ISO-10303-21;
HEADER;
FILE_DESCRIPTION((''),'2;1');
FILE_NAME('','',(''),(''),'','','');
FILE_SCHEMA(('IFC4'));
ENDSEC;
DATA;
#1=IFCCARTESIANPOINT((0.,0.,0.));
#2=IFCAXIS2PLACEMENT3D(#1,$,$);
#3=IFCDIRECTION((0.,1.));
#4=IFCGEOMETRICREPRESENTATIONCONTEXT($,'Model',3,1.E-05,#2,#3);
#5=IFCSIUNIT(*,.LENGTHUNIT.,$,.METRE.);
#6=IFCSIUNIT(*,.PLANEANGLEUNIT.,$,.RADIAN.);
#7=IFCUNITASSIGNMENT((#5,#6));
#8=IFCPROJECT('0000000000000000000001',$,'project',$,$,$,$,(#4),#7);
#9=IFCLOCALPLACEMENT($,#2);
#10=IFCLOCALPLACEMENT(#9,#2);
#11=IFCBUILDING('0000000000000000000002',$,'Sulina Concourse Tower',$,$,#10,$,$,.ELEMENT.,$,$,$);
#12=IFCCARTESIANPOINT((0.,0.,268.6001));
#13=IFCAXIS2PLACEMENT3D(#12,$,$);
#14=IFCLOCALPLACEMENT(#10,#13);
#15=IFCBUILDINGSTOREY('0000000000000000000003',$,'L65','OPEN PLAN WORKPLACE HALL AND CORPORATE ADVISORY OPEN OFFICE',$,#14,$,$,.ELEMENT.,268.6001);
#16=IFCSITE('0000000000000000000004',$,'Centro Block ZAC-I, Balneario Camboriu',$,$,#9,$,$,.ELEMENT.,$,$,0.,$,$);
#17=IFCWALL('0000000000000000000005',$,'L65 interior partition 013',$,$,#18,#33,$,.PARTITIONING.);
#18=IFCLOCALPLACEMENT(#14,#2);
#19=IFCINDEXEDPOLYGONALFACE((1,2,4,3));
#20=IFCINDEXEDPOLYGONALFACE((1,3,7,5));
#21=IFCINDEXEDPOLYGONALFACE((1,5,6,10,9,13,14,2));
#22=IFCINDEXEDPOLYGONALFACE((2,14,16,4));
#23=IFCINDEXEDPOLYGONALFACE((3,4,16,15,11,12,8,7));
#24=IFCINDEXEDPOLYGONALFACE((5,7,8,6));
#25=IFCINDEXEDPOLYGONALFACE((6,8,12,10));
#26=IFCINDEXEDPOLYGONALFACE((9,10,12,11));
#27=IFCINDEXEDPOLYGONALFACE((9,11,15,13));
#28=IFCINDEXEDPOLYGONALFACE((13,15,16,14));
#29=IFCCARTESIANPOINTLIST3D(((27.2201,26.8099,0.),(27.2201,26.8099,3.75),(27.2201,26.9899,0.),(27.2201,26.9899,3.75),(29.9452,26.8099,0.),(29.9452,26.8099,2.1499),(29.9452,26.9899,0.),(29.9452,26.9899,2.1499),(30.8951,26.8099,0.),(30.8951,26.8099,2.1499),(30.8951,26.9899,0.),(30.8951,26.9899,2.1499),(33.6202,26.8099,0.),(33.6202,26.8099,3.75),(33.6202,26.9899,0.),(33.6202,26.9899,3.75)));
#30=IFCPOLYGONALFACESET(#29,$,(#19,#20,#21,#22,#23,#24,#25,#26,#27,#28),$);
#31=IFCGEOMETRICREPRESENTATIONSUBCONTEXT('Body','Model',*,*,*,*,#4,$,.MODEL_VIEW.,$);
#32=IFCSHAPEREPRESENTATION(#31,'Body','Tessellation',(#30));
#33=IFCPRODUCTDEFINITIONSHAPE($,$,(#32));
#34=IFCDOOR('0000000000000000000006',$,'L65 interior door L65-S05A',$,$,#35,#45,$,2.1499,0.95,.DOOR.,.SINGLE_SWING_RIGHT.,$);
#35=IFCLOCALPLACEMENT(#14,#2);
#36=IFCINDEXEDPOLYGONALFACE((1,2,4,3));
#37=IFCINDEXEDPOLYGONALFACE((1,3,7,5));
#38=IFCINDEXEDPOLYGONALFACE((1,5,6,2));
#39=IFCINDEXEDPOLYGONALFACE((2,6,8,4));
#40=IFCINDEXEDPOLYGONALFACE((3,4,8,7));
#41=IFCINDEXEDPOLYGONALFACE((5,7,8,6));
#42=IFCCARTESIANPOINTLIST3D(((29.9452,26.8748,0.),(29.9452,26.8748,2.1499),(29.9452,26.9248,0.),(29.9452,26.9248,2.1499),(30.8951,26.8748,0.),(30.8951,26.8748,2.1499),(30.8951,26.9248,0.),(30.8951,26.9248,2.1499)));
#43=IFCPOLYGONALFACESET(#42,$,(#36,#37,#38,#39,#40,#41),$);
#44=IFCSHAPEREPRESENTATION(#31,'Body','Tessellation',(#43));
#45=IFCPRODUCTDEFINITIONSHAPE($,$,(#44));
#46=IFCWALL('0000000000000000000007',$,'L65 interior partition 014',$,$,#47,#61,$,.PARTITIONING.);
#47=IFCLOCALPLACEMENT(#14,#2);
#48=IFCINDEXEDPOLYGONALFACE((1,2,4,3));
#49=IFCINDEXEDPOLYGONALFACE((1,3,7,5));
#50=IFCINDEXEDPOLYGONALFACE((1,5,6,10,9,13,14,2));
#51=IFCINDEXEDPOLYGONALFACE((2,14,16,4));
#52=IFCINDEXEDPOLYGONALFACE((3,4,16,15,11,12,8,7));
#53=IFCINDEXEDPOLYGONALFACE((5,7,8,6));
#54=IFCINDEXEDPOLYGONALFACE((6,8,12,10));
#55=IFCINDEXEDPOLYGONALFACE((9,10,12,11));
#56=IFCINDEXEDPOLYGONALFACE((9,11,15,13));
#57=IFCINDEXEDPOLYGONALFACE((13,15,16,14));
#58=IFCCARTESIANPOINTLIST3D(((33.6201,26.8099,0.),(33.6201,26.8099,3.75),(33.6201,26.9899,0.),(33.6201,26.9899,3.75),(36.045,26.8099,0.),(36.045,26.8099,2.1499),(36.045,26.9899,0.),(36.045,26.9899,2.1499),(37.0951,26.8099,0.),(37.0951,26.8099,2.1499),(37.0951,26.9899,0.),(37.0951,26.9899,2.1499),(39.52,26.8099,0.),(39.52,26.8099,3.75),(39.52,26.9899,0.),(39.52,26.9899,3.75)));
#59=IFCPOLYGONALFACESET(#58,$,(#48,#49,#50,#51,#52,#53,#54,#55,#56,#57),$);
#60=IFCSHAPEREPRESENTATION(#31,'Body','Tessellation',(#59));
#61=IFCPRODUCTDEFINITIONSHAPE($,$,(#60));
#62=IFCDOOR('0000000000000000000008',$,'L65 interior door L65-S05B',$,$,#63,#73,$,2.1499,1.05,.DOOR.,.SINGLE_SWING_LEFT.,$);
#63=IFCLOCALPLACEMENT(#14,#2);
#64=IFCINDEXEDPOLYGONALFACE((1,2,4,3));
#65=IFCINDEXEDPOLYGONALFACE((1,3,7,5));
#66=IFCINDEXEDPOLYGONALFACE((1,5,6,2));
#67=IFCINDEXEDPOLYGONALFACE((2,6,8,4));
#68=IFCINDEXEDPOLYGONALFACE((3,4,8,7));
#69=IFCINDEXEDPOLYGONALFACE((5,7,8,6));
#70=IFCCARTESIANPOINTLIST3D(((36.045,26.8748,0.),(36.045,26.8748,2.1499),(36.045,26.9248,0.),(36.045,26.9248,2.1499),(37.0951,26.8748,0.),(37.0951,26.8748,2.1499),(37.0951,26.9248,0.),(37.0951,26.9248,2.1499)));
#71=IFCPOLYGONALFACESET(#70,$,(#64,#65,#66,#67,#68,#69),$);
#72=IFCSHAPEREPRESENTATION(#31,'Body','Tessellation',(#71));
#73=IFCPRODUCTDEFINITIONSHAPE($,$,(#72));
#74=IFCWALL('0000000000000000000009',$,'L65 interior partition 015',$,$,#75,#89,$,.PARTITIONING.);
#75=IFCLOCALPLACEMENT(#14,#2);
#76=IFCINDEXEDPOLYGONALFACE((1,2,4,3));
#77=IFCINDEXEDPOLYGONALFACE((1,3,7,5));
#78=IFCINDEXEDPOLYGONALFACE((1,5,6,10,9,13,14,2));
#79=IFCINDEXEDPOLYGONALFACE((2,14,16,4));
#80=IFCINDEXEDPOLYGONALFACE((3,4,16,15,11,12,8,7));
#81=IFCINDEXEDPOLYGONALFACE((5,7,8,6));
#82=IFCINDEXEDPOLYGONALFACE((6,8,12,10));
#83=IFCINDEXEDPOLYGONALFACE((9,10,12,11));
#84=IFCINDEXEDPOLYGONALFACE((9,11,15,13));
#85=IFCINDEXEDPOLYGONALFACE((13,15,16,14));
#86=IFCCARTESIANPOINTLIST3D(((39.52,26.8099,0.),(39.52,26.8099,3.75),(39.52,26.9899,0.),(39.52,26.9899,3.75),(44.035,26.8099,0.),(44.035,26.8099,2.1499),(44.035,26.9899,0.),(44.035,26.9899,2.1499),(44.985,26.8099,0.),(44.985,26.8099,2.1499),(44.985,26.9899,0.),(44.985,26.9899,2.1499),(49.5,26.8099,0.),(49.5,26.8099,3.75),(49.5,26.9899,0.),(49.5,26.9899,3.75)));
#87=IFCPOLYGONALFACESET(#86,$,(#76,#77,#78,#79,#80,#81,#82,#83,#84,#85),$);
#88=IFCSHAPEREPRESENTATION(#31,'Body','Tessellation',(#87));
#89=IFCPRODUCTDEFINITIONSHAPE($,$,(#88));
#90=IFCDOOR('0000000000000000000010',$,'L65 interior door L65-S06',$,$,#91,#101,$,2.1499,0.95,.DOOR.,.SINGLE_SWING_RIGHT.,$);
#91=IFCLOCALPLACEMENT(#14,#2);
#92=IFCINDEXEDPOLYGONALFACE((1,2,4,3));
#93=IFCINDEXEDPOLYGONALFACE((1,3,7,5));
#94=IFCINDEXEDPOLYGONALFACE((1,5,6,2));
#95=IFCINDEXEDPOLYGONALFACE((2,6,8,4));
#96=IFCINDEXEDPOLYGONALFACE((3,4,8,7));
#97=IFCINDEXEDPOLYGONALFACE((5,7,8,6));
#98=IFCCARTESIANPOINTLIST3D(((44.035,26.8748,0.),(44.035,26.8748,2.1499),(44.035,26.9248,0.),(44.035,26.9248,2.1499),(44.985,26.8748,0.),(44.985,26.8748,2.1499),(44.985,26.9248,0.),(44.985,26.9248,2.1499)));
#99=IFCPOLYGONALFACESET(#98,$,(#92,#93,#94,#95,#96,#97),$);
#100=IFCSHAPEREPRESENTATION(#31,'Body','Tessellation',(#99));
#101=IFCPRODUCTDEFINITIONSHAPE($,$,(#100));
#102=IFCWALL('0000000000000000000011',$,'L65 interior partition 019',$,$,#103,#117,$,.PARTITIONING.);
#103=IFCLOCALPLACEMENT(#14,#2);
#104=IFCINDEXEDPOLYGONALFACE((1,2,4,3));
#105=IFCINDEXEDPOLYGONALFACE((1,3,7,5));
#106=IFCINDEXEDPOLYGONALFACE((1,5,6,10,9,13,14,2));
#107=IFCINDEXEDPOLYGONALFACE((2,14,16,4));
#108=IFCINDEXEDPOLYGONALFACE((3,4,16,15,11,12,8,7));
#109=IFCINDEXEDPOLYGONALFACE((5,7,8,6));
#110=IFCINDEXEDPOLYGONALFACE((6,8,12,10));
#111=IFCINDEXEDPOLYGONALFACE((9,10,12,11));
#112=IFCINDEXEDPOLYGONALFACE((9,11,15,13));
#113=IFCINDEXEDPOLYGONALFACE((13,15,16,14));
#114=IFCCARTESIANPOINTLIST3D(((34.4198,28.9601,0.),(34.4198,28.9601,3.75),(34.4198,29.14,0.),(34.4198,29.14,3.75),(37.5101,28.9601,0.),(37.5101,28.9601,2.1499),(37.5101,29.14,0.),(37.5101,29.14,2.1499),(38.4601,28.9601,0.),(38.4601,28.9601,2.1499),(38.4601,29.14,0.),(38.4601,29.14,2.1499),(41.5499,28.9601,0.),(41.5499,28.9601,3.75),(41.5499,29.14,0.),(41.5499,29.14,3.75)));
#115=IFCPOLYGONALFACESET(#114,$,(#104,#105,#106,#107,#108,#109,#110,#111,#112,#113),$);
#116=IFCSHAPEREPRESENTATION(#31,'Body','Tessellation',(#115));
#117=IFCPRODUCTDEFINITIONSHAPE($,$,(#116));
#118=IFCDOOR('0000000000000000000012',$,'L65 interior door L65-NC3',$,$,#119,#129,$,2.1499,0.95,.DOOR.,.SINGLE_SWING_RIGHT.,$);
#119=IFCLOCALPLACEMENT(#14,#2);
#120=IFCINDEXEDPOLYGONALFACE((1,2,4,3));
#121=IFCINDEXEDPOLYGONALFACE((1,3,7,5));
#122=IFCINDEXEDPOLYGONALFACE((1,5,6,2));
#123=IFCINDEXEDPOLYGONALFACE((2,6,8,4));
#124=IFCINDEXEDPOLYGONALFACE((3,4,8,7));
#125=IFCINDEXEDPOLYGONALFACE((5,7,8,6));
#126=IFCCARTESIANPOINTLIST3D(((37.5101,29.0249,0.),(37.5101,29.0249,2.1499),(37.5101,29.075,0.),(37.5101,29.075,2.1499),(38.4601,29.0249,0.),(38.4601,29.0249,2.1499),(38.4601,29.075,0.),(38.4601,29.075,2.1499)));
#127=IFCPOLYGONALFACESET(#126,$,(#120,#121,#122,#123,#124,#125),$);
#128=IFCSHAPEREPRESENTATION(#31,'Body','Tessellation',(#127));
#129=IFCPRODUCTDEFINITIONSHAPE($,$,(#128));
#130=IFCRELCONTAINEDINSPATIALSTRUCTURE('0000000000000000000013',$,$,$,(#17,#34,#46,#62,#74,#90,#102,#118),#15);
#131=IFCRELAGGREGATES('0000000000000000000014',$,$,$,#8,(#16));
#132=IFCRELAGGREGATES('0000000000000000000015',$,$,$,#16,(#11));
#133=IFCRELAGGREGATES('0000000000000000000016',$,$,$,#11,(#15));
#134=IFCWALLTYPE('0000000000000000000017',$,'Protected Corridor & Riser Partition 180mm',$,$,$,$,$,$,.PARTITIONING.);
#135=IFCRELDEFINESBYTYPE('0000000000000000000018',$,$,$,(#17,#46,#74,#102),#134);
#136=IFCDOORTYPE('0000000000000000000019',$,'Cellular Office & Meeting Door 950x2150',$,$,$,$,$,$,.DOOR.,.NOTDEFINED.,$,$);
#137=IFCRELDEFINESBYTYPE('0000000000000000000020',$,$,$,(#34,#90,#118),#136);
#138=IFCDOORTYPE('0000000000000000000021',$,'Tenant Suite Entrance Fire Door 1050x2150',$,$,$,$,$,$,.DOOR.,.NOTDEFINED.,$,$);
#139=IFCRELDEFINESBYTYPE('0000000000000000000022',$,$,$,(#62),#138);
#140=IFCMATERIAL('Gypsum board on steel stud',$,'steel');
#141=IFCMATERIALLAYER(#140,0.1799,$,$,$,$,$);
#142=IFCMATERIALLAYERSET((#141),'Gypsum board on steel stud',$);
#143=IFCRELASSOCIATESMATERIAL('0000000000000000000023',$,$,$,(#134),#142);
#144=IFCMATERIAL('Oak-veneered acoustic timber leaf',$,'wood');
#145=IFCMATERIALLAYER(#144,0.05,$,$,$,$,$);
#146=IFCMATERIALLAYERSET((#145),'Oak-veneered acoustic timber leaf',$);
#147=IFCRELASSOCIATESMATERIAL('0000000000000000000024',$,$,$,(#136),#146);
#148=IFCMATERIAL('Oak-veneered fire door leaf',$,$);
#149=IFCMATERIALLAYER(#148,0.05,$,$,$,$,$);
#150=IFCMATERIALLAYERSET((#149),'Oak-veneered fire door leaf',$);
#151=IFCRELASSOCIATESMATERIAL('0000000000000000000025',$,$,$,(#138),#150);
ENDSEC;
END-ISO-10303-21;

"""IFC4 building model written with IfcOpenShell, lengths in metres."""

from ifc_helpers import new_model, si_unit, direction, frame, frame_2d, origin, place, context, subcontext, project, spatial, rectangle, extrude, material, layer, layer_set, type_object, element, fill, save


model = new_model("IFC4")

# Units and contexts
model_context = context("Model", 3, precision=1e-05, world=origin(), true_north=direction((0.0, 1.0)))
body_context = subcontext(model_context, "Body", "Model", "MODEL_VIEW")
ifc_project = project(units=[si_unit("LENGTHUNIT", "METRE"), si_unit("PLANEANGLEUNIT", "RADIAN")], contexts=[model_context])

# Site, building, storey
site_placement = place(None, origin())
site = spatial("IfcSite", under=ifc_project, at=site_placement, Name="Centro Block ZAC-I, Balneario Camboriu", CompositionType="ELEMENT", RefElevation=0.0)
building_placement = place(site_placement, origin())
building = spatial("IfcBuilding", under=site, at=building_placement, Name="Sulina Concourse Tower", CompositionType="ELEMENT")
storey_placement = place(building_placement, frame((0.0, 0.0, 268.6001)))
storey = spatial("IfcBuildingStorey", under=building, at=storey_placement, Name="L65", Description="OPEN PLAN WORKPLACE HALL AND CORPORATE ADVISORY OPEN OFFICE", CompositionType="ELEMENT", Elevation=268.6001)

# Walls, openings, doors
ifc_material_1 = material(Name="Gypsum board on steel stud", Category="steel")
ifc_layer_1 = layer(ifc_material_1, 0.1799)
ifc_layer_set_1 = layer_set([ifc_layer_1], Name="Gypsum board on steel stud")
wall_type_1 = type_object("IfcWallType", Name="Protected Corridor & Riser Partition 180mm", PredefinedType="PARTITIONING", material=ifc_layer_set_1)
wall_1_placement = place(storey_placement, frame((27.22, 26.8999, 0.0), z_axis=(0.0, 0.0, 1.0), x_axis=(1.0, 0.0, 0.0)))
wall_1 = element("IfcWall", 1, at=wall_1_placement, inside=storey, type_object=wall_type_1, Name="L65 interior partition 013", PredefinedType="PARTITIONING", context=body_context, shape_type="SweptSolid", body=[
    extrude(rectangle(XDim=6.4001, YDim=0.1799, at=frame_2d((3.2002, 0.0))), origin(), (0.0, 0.0, 1.0), 3.75),
])
opening_1_placement = place(wall_1_placement, frame((2.7251, 0.0, 0.0)))
opening_1 = element("IfcOpeningElement", 2, at=opening_1_placement, cuts=wall_1, PredefinedType="OPENING", context=body_context, shape_type="SweptSolid", body=[
    extrude(rectangle(XDim=0.95, YDim=2.1499, at=frame_2d((0.4751, 1.075))), frame((0.0, 0.0999, 0.0), z_axis=(0.0, -1.0, 0.0), x_axis=(1.0, 0.0, 0.0)), (0.0, 0.0, 1.0), 0.2),
])
ifc_material_2 = material(Name="Oak-veneered acoustic timber leaf", Category="wood")
ifc_layer_2 = layer(ifc_material_2, 0.05)
ifc_layer_set_2 = layer_set([ifc_layer_2], Name="Oak-veneered acoustic timber leaf")
door_type_1 = type_object("IfcDoorType", Name="Cellular Office & Meeting Door 950x2150", OperationType="NOTDEFINED", PredefinedType="DOOR", material=ifc_layer_set_2)
door_1_placement = place(opening_1_placement, origin())
door_1 = element("IfcDoor", 3, at=door_1_placement, inside=storey, type_object=door_type_1, Name="L65 interior door L65-S05A", OperationType="SINGLE_SWING_RIGHT", OverallHeight=2.1499, OverallWidth=0.95, PredefinedType="DOOR", context=body_context, shape_type="SweptSolid", body=[
    extrude(rectangle(XDim=0.95, YDim=2.1499, at=frame_2d((0.4751, 1.075))), frame((0.0, 0.0249, 0.0), z_axis=(0.0, -1.0, 0.0), x_axis=(1.0, 0.0, 0.0)), (0.0, 0.0, 1.0), 0.05),
])
fill(opening_1, door_1)
wall_2_placement = place(storey_placement, frame((33.6201, 26.8999, 0.0), z_axis=(0.0, 0.0, 1.0), x_axis=(1.0, 0.0, 0.0)))
wall_2 = element("IfcWall", 4, at=wall_2_placement, inside=storey, type_object=wall_type_1, Name="L65 interior partition 014", PredefinedType="PARTITIONING", context=body_context, shape_type="SweptSolid", body=[
    extrude(rectangle(XDim=5.8999, YDim=0.1799, at=frame_2d((2.95, 0.0))), origin(), (0.0, 0.0, 1.0), 3.75),
])
opening_2_placement = place(wall_2_placement, frame((2.425, 0.0, 0.0)))
opening_2 = element("IfcOpeningElement", 5, at=opening_2_placement, cuts=wall_2, PredefinedType="OPENING", context=body_context, shape_type="SweptSolid", body=[
    extrude(rectangle(XDim=1.05, YDim=2.1499, at=frame_2d((0.5249, 1.075))), frame((0.0, 0.0999, 0.0), z_axis=(0.0, -1.0, 0.0), x_axis=(1.0, 0.0, 0.0)), (0.0, 0.0, 1.0), 0.2),
])
ifc_material_3 = material(Name="Oak-veneered fire door leaf")
ifc_layer_3 = layer(ifc_material_3, 0.05)
ifc_layer_set_3 = layer_set([ifc_layer_3], Name="Oak-veneered fire door leaf")
door_type_2 = type_object("IfcDoorType", Name="Tenant Suite Entrance Fire Door 1050x2150", OperationType="NOTDEFINED", PredefinedType="DOOR", material=ifc_layer_set_3)
door_2_placement = place(opening_2_placement, origin())
door_2 = element("IfcDoor", 6, at=door_2_placement, inside=storey, type_object=door_type_2, Name="L65 interior door L65-S05B", OperationType="SINGLE_SWING_LEFT", OverallHeight=2.1499, OverallWidth=1.05, PredefinedType="DOOR", context=body_context, shape_type="SweptSolid", body=[
    extrude(rectangle(XDim=1.05, YDim=2.1499, at=frame_2d((0.5249, 1.075))), frame((0.0, 0.0249, 0.0), z_axis=(0.0, -1.0, 0.0), x_axis=(1.0, 0.0, 0.0)), (0.0, 0.0, 1.0), 0.05),
])
fill(opening_2, door_2)
wall_3_placement = place(storey_placement, frame((39.52, 26.8999, 0.0), z_axis=(0.0, 0.0, 1.0), x_axis=(1.0, 0.0, 0.0)))
wall_3 = element("IfcWall", 7, at=wall_3_placement, inside=storey, type_object=wall_type_1, Name="L65 interior partition 015", PredefinedType="PARTITIONING", context=body_context, shape_type="SweptSolid", body=[
    extrude(rectangle(XDim=9.98, YDim=0.1799, at=frame_2d((4.99, 0.0))), origin(), (0.0, 0.0, 1.0), 3.75),
])
opening_3_placement = place(wall_3_placement, frame((4.5149, 0.0, 0.0)))
opening_3 = element("IfcOpeningElement", 8, at=opening_3_placement, cuts=wall_3, PredefinedType="OPENING", context=body_context, shape_type="SweptSolid", body=[
    extrude(rectangle(XDim=0.95, YDim=2.1499, at=frame_2d((0.4751, 1.075))), frame((0.0, 0.0999, 0.0), z_axis=(0.0, -1.0, 0.0), x_axis=(1.0, 0.0, 0.0)), (0.0, 0.0, 1.0), 0.2),
])
door_3_placement = place(opening_3_placement, origin())
door_3 = element("IfcDoor", 9, at=door_3_placement, inside=storey, type_object=door_type_1, Name="L65 interior door L65-S06", OperationType="SINGLE_SWING_RIGHT", OverallHeight=2.1499, OverallWidth=0.95, PredefinedType="DOOR", context=body_context, shape_type="SweptSolid", body=[
    extrude(rectangle(XDim=0.95, YDim=2.1499, at=frame_2d((0.4751, 1.075))), frame((0.0, 0.0249, 0.0), z_axis=(0.0, -1.0, 0.0), x_axis=(1.0, 0.0, 0.0)), (0.0, 0.0, 1.0), 0.05),
])
fill(opening_3, door_3)
wall_4_placement = place(storey_placement, frame((34.4199, 29.05, 0.0), z_axis=(0.0, 0.0, 1.0), x_axis=(1.0, 0.0, 0.0)))
wall_4 = element("IfcWall", 10, at=wall_4_placement, inside=storey, type_object=wall_type_1, Name="L65 interior partition 019", PredefinedType="PARTITIONING", context=body_context, shape_type="SweptSolid", body=[
    extrude(rectangle(XDim=7.1301, YDim=0.1799, at=frame_2d((3.5649, 0.0))), origin(), (0.0, 0.0, 1.0), 3.75),
])
opening_4_placement = place(wall_4_placement, frame((3.0901, 0.0, 0.0)))
opening_4 = element("IfcOpeningElement", 11, at=opening_4_placement, cuts=wall_4, PredefinedType="OPENING", context=body_context, shape_type="SweptSolid", body=[
    extrude(rectangle(XDim=0.95, YDim=2.1499, at=frame_2d((0.4751, 1.075))), frame((0.0, 0.0999, 0.0), z_axis=(0.0, -1.0, 0.0), x_axis=(1.0, 0.0, 0.0)), (0.0, 0.0, 1.0), 0.2),
])
door_4_placement = place(opening_4_placement, origin())
door_4 = element("IfcDoor", 12, at=door_4_placement, inside=storey, type_object=door_type_1, Name="L65 interior door L65-NC3", OperationType="SINGLE_SWING_RIGHT", OverallHeight=2.1499, OverallWidth=0.95, PredefinedType="DOOR", context=body_context, shape_type="SweptSolid", body=[
    extrude(rectangle(XDim=0.95, YDim=2.1499, at=frame_2d((0.4751, 1.075))), frame((0.0, 0.0249, 0.0), z_axis=(0.0, -1.0, 0.0), x_axis=(1.0, 0.0, 0.0)), (0.0, 0.0, 1.0), 0.05),
])
fill(opening_4, door_4)

save(model, "model.ifc")
